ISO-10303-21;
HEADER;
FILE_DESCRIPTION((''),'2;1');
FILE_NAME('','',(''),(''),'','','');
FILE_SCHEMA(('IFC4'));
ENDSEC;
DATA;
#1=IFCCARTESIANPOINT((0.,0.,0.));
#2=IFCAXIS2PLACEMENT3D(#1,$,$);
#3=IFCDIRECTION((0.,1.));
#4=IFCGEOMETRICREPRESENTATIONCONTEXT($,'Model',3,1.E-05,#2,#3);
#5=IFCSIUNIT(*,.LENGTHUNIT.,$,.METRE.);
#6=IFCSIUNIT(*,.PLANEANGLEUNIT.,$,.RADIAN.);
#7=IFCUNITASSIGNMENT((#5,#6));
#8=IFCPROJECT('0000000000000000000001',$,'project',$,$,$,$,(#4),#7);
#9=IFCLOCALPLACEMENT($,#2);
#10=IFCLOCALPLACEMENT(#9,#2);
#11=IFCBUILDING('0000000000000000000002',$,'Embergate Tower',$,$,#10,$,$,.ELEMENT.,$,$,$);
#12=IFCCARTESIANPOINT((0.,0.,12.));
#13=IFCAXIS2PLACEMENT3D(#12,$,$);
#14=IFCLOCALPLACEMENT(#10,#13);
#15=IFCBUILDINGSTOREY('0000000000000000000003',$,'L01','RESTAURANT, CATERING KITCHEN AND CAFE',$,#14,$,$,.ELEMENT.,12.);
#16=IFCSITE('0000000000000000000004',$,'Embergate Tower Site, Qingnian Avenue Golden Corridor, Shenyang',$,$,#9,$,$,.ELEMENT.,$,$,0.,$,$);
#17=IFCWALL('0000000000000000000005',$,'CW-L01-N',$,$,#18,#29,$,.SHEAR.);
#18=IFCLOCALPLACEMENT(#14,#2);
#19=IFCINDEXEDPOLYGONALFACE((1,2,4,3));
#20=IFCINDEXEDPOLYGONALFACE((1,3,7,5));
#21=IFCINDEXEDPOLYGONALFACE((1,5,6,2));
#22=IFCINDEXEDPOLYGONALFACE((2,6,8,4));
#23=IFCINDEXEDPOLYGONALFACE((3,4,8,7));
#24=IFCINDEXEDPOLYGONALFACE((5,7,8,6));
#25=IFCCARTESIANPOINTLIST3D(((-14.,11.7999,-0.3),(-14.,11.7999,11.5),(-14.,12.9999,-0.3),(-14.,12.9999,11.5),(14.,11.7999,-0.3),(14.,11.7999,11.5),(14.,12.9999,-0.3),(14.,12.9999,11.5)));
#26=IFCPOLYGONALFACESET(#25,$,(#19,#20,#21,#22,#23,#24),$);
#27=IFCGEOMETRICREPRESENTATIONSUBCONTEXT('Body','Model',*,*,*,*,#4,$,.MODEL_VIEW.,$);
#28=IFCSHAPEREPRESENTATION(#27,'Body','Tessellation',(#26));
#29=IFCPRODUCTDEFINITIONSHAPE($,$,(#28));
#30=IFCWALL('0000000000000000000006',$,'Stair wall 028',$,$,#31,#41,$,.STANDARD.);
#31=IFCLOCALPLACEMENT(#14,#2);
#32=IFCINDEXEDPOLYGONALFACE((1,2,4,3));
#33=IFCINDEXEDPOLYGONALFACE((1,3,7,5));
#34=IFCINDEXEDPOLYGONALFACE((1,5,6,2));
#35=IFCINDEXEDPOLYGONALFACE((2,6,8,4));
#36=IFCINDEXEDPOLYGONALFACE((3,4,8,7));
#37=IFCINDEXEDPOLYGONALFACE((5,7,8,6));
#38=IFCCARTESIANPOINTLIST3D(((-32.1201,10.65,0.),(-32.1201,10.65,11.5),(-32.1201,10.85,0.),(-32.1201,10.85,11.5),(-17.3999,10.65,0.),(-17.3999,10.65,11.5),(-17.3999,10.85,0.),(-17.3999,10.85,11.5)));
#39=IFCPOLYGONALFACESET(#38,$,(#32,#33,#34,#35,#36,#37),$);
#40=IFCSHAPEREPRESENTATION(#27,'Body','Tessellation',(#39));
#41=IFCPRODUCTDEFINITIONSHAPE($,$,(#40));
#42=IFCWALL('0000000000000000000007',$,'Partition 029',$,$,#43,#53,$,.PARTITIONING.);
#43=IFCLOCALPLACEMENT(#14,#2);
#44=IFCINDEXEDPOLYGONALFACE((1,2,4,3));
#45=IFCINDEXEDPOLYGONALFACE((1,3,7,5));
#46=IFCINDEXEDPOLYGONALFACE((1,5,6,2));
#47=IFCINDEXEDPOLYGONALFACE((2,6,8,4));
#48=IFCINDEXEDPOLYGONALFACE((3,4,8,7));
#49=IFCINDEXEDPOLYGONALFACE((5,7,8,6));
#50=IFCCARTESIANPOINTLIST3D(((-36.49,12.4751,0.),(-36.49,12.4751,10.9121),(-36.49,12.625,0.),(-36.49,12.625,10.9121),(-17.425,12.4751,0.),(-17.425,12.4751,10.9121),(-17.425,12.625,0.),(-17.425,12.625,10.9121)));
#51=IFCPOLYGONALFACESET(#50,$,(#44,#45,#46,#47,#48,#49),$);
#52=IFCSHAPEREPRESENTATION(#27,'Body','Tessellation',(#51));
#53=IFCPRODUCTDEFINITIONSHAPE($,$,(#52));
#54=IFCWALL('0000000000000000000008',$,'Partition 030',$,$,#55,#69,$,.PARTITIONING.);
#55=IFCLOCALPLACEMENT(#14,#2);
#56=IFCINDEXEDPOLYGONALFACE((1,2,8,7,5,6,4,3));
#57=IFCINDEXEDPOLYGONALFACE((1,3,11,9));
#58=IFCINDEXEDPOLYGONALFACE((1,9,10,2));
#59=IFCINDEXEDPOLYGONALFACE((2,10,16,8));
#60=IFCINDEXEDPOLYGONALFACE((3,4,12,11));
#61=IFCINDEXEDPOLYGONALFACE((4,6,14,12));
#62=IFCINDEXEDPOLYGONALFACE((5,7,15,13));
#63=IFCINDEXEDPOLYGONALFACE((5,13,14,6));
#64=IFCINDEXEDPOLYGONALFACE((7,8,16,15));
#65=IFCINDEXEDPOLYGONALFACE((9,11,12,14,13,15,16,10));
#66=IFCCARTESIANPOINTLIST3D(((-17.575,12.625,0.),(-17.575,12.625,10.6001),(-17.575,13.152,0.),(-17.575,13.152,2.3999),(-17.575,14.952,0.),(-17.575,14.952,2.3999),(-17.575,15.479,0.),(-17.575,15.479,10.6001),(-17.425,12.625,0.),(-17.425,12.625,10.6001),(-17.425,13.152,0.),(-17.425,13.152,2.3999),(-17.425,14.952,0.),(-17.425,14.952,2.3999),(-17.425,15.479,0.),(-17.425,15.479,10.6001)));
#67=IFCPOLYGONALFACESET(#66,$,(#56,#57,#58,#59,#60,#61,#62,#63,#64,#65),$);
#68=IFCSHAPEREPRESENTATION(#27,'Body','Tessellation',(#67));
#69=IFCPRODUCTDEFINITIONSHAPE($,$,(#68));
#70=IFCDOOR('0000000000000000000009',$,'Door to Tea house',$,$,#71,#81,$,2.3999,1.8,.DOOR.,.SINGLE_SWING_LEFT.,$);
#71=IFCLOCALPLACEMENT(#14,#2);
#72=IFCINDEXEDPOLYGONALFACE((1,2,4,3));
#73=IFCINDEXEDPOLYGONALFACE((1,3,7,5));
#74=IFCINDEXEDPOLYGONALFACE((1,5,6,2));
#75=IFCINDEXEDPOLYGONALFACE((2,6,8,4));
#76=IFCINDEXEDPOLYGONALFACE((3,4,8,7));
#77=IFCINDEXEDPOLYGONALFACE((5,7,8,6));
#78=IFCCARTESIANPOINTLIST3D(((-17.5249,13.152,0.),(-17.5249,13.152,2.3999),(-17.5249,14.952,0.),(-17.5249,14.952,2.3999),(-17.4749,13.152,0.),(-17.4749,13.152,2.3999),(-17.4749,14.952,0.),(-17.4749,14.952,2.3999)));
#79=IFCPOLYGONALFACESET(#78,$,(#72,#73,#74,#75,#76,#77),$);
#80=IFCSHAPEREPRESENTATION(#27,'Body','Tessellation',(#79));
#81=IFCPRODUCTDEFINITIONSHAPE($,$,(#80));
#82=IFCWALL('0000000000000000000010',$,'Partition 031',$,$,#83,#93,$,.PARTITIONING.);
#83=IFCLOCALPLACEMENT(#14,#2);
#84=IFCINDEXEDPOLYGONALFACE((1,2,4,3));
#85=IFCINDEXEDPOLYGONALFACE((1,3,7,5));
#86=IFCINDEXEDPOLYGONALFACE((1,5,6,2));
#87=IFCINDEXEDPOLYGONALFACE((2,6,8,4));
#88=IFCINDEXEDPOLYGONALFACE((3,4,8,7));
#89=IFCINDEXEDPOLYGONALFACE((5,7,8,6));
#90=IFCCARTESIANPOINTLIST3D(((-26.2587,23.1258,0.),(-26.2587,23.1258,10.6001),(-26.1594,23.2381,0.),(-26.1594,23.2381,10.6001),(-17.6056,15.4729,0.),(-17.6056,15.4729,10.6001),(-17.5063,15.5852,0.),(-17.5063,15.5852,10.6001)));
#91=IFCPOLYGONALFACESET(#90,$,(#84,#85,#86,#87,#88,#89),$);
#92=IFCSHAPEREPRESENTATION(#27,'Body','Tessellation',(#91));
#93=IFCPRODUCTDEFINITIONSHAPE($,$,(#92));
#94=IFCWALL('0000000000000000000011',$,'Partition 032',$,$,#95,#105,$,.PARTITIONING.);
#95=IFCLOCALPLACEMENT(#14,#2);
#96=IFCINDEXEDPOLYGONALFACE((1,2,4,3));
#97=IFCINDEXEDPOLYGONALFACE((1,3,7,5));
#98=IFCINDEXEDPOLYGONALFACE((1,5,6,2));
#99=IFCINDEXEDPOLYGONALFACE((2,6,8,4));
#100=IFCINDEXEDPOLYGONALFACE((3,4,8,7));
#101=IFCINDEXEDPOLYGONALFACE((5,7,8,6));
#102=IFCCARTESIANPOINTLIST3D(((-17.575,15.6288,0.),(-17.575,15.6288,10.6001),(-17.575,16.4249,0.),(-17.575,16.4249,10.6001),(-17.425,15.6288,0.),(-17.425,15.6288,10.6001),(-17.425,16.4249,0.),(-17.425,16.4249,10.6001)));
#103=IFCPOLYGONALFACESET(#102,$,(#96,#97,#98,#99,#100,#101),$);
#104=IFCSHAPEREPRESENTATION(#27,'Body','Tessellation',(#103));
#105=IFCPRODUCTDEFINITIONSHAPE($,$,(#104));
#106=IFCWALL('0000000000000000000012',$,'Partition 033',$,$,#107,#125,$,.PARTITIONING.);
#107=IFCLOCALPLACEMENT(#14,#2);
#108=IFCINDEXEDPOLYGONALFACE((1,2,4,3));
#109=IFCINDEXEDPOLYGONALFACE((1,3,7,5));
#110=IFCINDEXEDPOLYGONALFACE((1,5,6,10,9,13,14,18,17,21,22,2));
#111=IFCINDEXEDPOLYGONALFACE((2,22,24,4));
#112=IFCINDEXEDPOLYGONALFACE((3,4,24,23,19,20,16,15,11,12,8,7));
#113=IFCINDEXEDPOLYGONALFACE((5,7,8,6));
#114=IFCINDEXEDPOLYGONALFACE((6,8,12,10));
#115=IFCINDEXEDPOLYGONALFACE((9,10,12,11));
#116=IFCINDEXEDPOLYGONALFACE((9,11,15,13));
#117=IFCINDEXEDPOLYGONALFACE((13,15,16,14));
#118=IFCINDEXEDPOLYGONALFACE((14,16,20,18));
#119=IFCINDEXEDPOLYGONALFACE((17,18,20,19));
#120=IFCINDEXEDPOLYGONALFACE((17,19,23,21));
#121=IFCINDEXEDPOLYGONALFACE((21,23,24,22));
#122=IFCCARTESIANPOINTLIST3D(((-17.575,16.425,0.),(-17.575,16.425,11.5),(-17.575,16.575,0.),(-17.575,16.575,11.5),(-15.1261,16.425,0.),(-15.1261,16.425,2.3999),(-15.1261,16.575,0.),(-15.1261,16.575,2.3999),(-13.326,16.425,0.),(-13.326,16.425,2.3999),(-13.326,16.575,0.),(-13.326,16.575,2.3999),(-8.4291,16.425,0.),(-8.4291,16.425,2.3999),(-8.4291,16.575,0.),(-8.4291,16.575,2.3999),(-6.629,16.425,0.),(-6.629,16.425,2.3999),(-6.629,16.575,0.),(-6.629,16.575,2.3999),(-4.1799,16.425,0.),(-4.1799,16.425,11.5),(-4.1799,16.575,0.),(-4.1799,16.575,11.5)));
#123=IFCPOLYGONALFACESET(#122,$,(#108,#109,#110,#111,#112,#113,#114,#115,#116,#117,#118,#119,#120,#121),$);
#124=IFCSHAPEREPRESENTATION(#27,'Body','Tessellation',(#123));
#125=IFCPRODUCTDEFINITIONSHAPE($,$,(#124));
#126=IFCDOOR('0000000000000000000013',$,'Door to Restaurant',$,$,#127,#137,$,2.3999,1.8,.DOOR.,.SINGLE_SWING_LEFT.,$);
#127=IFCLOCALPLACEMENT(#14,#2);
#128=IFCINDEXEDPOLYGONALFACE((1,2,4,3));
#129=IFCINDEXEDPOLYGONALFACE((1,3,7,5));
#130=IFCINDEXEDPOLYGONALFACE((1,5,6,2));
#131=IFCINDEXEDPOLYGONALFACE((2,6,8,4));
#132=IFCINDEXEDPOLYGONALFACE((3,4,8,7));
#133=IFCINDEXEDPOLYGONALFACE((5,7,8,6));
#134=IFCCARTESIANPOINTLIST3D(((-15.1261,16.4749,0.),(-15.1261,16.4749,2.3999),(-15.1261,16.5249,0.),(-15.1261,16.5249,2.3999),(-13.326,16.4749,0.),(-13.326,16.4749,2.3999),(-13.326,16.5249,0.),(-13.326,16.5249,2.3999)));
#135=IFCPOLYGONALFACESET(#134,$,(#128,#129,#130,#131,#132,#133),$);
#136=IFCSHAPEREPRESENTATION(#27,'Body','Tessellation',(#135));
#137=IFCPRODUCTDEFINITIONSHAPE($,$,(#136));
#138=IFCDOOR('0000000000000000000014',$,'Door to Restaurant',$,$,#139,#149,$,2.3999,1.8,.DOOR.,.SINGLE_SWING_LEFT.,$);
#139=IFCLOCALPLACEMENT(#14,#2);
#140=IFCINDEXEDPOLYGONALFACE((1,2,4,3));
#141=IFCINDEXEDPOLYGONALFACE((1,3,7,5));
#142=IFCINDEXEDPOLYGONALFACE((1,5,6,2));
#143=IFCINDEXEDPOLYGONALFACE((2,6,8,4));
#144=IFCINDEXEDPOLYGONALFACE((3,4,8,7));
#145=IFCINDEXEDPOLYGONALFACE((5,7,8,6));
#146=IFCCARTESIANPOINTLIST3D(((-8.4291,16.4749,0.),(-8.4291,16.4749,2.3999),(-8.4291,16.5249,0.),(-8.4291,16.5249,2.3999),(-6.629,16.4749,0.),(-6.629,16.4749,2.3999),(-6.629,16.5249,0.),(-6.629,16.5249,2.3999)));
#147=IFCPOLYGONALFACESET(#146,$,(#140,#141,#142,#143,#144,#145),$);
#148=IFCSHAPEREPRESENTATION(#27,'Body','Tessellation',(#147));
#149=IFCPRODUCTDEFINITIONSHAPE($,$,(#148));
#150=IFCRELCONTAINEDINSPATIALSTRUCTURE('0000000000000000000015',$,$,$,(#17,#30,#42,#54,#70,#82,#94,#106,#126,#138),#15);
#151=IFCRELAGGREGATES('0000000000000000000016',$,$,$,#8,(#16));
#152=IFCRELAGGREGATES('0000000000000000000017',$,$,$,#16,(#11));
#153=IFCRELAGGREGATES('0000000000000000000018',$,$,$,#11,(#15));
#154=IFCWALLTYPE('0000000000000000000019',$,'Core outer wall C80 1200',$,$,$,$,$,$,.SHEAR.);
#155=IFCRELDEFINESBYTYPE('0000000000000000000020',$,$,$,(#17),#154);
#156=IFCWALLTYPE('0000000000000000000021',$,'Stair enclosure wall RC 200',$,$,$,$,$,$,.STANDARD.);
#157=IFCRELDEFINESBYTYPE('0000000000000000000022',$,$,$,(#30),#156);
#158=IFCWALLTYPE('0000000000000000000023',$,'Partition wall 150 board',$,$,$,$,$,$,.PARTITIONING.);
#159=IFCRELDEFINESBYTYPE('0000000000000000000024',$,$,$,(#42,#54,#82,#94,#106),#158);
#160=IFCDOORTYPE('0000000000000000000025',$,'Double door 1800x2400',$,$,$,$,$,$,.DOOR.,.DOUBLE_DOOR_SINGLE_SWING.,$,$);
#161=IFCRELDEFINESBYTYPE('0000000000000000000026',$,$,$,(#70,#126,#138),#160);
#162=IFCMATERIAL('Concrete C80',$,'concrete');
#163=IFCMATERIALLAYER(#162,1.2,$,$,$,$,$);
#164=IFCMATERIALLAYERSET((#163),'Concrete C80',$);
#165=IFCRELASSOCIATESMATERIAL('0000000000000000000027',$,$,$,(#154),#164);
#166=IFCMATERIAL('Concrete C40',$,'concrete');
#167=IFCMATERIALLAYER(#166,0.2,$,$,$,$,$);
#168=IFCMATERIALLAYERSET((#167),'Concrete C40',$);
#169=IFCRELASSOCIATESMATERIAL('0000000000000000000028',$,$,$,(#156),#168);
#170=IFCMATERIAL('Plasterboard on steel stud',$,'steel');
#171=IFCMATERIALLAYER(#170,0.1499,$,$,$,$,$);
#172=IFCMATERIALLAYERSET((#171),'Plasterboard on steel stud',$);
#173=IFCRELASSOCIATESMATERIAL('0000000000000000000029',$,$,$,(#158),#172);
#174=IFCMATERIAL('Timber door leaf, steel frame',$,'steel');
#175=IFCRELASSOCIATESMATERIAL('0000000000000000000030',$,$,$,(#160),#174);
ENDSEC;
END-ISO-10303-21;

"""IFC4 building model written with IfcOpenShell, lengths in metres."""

from ifc_helpers import new_model, si_unit, direction, frame, frame_2d, origin, place, context, subcontext, project, spatial, rectangle, extrude, source, transform, mapped, material, layer, layer_set, type_object, element, fill, save


model = new_model("IFC4")

# Units and contexts
model_context = context("Model", 3, precision=1e-05, world=origin(), true_north=direction((0.0, 1.0)))
body_context = subcontext(model_context, "Body", "Model", "MODEL_VIEW")
ifc_project = project(units=[si_unit("LENGTHUNIT", "METRE"), si_unit("PLANEANGLEUNIT", "RADIAN")], contexts=[model_context])

# Site, building, storey
site_placement = place(None, origin())
site = spatial("IfcSite", under=ifc_project, at=site_placement, Name="Embergate Tower Site, Qingnian Avenue Golden Corridor, Shenyang", CompositionType="ELEMENT", RefElevation=0.0)
building_placement = place(site_placement, origin())
building = spatial("IfcBuilding", under=site, at=building_placement, Name="Embergate Tower", CompositionType="ELEMENT")
storey_placement = place(building_placement, frame((0.0, 0.0, 12.0)))
storey = spatial("IfcBuildingStorey", under=building, at=storey_placement, Name="L01", Description="RESTAURANT, CATERING KITCHEN AND CAFE", CompositionType="ELEMENT", Elevation=12.0)

# Walls
ifc_material_1 = material(Name="Concrete C80", Category="concrete")
ifc_layer_1 = layer(ifc_material_1, 1.2)
ifc_layer_set_1 = layer_set([ifc_layer_1], Name="Concrete C80")
wall_type_1 = type_object("IfcWallType", Name="Core outer wall C80 1200", PredefinedType="SHEAR", material=ifc_layer_set_1)
shared_shape_1 = source(origin(), body_context, "Body", "SweptSolid", [
    extrude(rectangle(XDim=28.0, YDim=1.2, at=frame_2d((14.0, 0.0))), origin(), (0.0, 0.0, 1.0), 11.8),
])
wall_1_placement = place(storey_placement, frame((-14.0, 12.3999, -0.3), z_axis=(0.0, 0.0, 1.0), x_axis=(1.0, 0.0, 0.0)))
element("IfcWall", 1, at=wall_1_placement, inside=storey, type_object=wall_type_1, Name="CW-L01-N", PredefinedType="SHEAR", context=body_context, shape_type="MappedRepresentation", body=[
    mapped(shared_shape_1, transform((0.0, 0.0, 0.0))),
])
ifc_material_2 = material(Name="Concrete C40", Category="concrete")
ifc_layer_2 = layer(ifc_material_2, 0.2)
ifc_layer_set_2 = layer_set([ifc_layer_2], Name="Concrete C40")
wall_type_2 = type_object("IfcWallType", Name="Stair enclosure wall RC 200", PredefinedType="STANDARD", material=ifc_layer_set_2)
shared_shape_2 = source(origin(), body_context, "Body", "SweptSolid", [
    extrude(rectangle(XDim=14.7202, YDim=0.2, at=frame_2d((7.3601, 0.0))), origin(), (0.0, 0.0, 1.0), 11.5),
])
wall_2_placement = place(storey_placement, frame((-17.3999, 10.75, 0.0), z_axis=(0.0, 0.0, 1.0), x_axis=(-1.0, 0.0, 0.0)))
element("IfcWall", 2, at=wall_2_placement, inside=storey, type_object=wall_type_2, Name="Stair wall 028", PredefinedType="STANDARD", context=body_context, shape_type="MappedRepresentation", body=[
    mapped(shared_shape_2, transform((0.0, 0.0, 0.0))),
])
ifc_material_3 = material(Name="Plasterboard on steel stud", Category="steel")
ifc_layer_3 = layer(ifc_material_3, 0.1499)
ifc_layer_set_3 = layer_set([ifc_layer_3], Name="Plasterboard on steel stud")
wall_type_3 = type_object("IfcWallType", Name="Partition wall 150 board", PredefinedType="PARTITIONING", material=ifc_layer_set_3)
shared_shape_3 = source(origin(), body_context, "Body", "SweptSolid", [
    extrude(rectangle(XDim=19.0649, YDim=0.1499, at=frame_2d((9.5325, 0.0))), origin(), (0.0, 0.0, 1.0), 10.9121),
])
wall_3_placement = place(storey_placement, frame((-17.425, 12.55, 0.0), z_axis=(0.0, 0.0, 1.0), x_axis=(-1.0, 0.0, 0.0)))
element("IfcWall", 3, at=wall_3_placement, inside=storey, type_object=wall_type_3, Name="Partition 029", PredefinedType="PARTITIONING", context=body_context, shape_type="MappedRepresentation", body=[
    mapped(shared_shape_3, transform((0.0, 0.0, 0.0))),
])

# Wall, opening, door
shared_shape_4 = source(origin(), body_context, "Body", "SweptSolid", [
    extrude(rectangle(XDim=2.854, YDim=0.1499, at=frame_2d((1.427, 0.0))), origin(), (0.0, 0.0, 1.0), 10.6001),
])
wall_4_placement = place(storey_placement, frame((-17.5, 12.625, 0.0), z_axis=(0.0, 0.0, 1.0), x_axis=(0.0, 1.0, 0.0)))
wall_4 = element("IfcWall", 4, at=wall_4_placement, inside=storey, type_object=wall_type_3, Name="Partition 030", PredefinedType="PARTITIONING", context=body_context, shape_type="MappedRepresentation", body=[
    mapped(shared_shape_4, transform((0.0, 0.0, 0.0))),
])
shared_shape_5 = source(origin(), body_context, "Body", "SweptSolid", [
    extrude(rectangle(XDim=1.8, YDim=2.3999, at=frame_2d((0.8999, 1.2))), frame((0.0, 0.085, 0.0), z_axis=(0.0, -1.0, 0.0), x_axis=(1.0, 0.0, 0.0)), (0.0, 0.0, 1.0), 0.1699),
])
opening_1_placement = place(wall_4_placement, frame((0.5271, 0.0, 0.0)))
opening_1 = element("IfcOpeningElement", 5, at=opening_1_placement, cuts=wall_4, PredefinedType="OPENING", context=body_context, shape_type="MappedRepresentation", body=[
    mapped(shared_shape_5, transform((0.0, 0.0, 0.0))),
])
ifc_material_4 = material(Name="Timber door leaf, steel frame", Category="steel")
door_type = type_object("IfcDoorType", Name="Double door 1800x2400", OperationType="DOUBLE_DOOR_SINGLE_SWING", PredefinedType="DOOR", material=ifc_material_4)
shared_shape_6 = source(origin(), body_context, "Body", "SweptSolid", [
    extrude(rectangle(XDim=1.8, YDim=2.3999, at=frame_2d((0.8999, 1.2))), frame((0.0, 0.0249, 0.0), z_axis=(0.0, -1.0, 0.0), x_axis=(1.0, 0.0, 0.0)), (0.0, 0.0, 1.0), 0.05),
])
door_1_placement = place(opening_1_placement, origin())
door_1 = element("IfcDoor", 6, at=door_1_placement, inside=storey, type_object=door_type, Name="Door to Tea house", OperationType="SINGLE_SWING_LEFT", OverallHeight=2.3999, OverallWidth=1.8, PredefinedType="DOOR", context=body_context, shape_type="MappedRepresentation", body=[
    mapped(shared_shape_6, transform((0.0, 0.0, 0.0))),
])
fill(opening_1, door_1)

# Walls
shared_shape_7 = source(origin(), body_context, "Body", "SweptSolid", [
    extrude(rectangle(XDim=11.5518, YDim=0.1499, at=frame_2d((5.7759, 0.0))), origin(), (0.0, 0.0, 1.0), 10.6001),
])
wall_5_placement = place(storey_placement, frame((-17.5559, 15.5291, 0.0), z_axis=(0.0, 0.0, 1.0), x_axis=(-0.749074, 0.662486, 0.0)))
element("IfcWall", 7, at=wall_5_placement, inside=storey, type_object=wall_type_3, Name="Partition 031", PredefinedType="PARTITIONING", context=body_context, shape_type="MappedRepresentation", body=[
    mapped(shared_shape_7, transform((0.0, 0.0, 0.0))),
])
shared_shape_8 = source(origin(), body_context, "Body", "SweptSolid", [
    extrude(rectangle(XDim=0.7961, YDim=0.1499, at=frame_2d((0.3979, 0.0))), origin(), (0.0, 0.0, 1.0), 10.6001),
])
wall_6_placement = place(storey_placement, frame((-17.5, 15.6289, 0.0), z_axis=(0.0, 0.0, 1.0), x_axis=(0.0, 1.0, 0.0)))
element("IfcWall", 8, at=wall_6_placement, inside=storey, type_object=wall_type_3, Name="Partition 032", PredefinedType="PARTITIONING", context=body_context, shape_type="MappedRepresentation", body=[
    mapped(shared_shape_8, transform((0.0, 0.0, 0.0))),
])

# Wall, openings, doors
shared_shape_9 = source(origin(), body_context, "Body", "SweptSolid", [
    extrude(rectangle(XDim=13.395, YDim=0.1499, at=frame_2d((6.6975, 0.0))), origin(), (0.0, 0.0, 1.0), 11.5),
])
wall_7_placement = place(storey_placement, frame((-17.575, 16.5, 0.0), z_axis=(0.0, 0.0, 1.0), x_axis=(1.0, 0.0, 0.0)))
wall_7 = element("IfcWall", 9, at=wall_7_placement, inside=storey, type_object=wall_type_3, Name="Partition 033", PredefinedType="PARTITIONING", context=body_context, shape_type="MappedRepresentation", body=[
    mapped(shared_shape_9, transform((0.0, 0.0, 0.0))),
])
opening_2_placement = place(wall_7_placement, frame((2.449, 0.0, 0.0)))
opening_2 = element("IfcOpeningElement", 10, at=opening_2_placement, cuts=wall_7, PredefinedType="OPENING", context=body_context, shape_type="MappedRepresentation", body=[
    mapped(shared_shape_5, transform((0.0, 0.0, 0.0))),
])
opening_3_placement = place(wall_7_placement, frame((9.146, 0.0, 0.0)))
opening_3 = element("IfcOpeningElement", 11, at=opening_3_placement, cuts=wall_7, PredefinedType="OPENING", context=body_context, shape_type="MappedRepresentation", body=[
    mapped(shared_shape_5, transform((0.0, 0.0, 0.0))),
])
door_2_placement = place(opening_2_placement, origin())
door_2 = element("IfcDoor", 12, at=door_2_placement, inside=storey, type_object=door_type, Name="Door to Restaurant", OperationType="SINGLE_SWING_LEFT", OverallHeight=2.3999, OverallWidth=1.8, PredefinedType="DOOR", context=body_context, shape_type="MappedRepresentation", body=[
    mapped(shared_shape_6, transform((0.0, 0.0, 0.0))),
])
fill(opening_2, door_2)
door_3_placement = place(opening_3_placement, origin())
door_3 = element("IfcDoor", 13, at=door_3_placement, inside=storey, type_object=door_type, Name="Door to Restaurant", OperationType="SINGLE_SWING_LEFT", OverallHeight=2.3999, OverallWidth=1.8, PredefinedType="DOOR", context=body_context, shape_type="MappedRepresentation", body=[
    mapped(shared_shape_6, transform((0.0, 0.0, 0.0))),
])
fill(opening_3, door_3)

save(model, "model.ifc")
